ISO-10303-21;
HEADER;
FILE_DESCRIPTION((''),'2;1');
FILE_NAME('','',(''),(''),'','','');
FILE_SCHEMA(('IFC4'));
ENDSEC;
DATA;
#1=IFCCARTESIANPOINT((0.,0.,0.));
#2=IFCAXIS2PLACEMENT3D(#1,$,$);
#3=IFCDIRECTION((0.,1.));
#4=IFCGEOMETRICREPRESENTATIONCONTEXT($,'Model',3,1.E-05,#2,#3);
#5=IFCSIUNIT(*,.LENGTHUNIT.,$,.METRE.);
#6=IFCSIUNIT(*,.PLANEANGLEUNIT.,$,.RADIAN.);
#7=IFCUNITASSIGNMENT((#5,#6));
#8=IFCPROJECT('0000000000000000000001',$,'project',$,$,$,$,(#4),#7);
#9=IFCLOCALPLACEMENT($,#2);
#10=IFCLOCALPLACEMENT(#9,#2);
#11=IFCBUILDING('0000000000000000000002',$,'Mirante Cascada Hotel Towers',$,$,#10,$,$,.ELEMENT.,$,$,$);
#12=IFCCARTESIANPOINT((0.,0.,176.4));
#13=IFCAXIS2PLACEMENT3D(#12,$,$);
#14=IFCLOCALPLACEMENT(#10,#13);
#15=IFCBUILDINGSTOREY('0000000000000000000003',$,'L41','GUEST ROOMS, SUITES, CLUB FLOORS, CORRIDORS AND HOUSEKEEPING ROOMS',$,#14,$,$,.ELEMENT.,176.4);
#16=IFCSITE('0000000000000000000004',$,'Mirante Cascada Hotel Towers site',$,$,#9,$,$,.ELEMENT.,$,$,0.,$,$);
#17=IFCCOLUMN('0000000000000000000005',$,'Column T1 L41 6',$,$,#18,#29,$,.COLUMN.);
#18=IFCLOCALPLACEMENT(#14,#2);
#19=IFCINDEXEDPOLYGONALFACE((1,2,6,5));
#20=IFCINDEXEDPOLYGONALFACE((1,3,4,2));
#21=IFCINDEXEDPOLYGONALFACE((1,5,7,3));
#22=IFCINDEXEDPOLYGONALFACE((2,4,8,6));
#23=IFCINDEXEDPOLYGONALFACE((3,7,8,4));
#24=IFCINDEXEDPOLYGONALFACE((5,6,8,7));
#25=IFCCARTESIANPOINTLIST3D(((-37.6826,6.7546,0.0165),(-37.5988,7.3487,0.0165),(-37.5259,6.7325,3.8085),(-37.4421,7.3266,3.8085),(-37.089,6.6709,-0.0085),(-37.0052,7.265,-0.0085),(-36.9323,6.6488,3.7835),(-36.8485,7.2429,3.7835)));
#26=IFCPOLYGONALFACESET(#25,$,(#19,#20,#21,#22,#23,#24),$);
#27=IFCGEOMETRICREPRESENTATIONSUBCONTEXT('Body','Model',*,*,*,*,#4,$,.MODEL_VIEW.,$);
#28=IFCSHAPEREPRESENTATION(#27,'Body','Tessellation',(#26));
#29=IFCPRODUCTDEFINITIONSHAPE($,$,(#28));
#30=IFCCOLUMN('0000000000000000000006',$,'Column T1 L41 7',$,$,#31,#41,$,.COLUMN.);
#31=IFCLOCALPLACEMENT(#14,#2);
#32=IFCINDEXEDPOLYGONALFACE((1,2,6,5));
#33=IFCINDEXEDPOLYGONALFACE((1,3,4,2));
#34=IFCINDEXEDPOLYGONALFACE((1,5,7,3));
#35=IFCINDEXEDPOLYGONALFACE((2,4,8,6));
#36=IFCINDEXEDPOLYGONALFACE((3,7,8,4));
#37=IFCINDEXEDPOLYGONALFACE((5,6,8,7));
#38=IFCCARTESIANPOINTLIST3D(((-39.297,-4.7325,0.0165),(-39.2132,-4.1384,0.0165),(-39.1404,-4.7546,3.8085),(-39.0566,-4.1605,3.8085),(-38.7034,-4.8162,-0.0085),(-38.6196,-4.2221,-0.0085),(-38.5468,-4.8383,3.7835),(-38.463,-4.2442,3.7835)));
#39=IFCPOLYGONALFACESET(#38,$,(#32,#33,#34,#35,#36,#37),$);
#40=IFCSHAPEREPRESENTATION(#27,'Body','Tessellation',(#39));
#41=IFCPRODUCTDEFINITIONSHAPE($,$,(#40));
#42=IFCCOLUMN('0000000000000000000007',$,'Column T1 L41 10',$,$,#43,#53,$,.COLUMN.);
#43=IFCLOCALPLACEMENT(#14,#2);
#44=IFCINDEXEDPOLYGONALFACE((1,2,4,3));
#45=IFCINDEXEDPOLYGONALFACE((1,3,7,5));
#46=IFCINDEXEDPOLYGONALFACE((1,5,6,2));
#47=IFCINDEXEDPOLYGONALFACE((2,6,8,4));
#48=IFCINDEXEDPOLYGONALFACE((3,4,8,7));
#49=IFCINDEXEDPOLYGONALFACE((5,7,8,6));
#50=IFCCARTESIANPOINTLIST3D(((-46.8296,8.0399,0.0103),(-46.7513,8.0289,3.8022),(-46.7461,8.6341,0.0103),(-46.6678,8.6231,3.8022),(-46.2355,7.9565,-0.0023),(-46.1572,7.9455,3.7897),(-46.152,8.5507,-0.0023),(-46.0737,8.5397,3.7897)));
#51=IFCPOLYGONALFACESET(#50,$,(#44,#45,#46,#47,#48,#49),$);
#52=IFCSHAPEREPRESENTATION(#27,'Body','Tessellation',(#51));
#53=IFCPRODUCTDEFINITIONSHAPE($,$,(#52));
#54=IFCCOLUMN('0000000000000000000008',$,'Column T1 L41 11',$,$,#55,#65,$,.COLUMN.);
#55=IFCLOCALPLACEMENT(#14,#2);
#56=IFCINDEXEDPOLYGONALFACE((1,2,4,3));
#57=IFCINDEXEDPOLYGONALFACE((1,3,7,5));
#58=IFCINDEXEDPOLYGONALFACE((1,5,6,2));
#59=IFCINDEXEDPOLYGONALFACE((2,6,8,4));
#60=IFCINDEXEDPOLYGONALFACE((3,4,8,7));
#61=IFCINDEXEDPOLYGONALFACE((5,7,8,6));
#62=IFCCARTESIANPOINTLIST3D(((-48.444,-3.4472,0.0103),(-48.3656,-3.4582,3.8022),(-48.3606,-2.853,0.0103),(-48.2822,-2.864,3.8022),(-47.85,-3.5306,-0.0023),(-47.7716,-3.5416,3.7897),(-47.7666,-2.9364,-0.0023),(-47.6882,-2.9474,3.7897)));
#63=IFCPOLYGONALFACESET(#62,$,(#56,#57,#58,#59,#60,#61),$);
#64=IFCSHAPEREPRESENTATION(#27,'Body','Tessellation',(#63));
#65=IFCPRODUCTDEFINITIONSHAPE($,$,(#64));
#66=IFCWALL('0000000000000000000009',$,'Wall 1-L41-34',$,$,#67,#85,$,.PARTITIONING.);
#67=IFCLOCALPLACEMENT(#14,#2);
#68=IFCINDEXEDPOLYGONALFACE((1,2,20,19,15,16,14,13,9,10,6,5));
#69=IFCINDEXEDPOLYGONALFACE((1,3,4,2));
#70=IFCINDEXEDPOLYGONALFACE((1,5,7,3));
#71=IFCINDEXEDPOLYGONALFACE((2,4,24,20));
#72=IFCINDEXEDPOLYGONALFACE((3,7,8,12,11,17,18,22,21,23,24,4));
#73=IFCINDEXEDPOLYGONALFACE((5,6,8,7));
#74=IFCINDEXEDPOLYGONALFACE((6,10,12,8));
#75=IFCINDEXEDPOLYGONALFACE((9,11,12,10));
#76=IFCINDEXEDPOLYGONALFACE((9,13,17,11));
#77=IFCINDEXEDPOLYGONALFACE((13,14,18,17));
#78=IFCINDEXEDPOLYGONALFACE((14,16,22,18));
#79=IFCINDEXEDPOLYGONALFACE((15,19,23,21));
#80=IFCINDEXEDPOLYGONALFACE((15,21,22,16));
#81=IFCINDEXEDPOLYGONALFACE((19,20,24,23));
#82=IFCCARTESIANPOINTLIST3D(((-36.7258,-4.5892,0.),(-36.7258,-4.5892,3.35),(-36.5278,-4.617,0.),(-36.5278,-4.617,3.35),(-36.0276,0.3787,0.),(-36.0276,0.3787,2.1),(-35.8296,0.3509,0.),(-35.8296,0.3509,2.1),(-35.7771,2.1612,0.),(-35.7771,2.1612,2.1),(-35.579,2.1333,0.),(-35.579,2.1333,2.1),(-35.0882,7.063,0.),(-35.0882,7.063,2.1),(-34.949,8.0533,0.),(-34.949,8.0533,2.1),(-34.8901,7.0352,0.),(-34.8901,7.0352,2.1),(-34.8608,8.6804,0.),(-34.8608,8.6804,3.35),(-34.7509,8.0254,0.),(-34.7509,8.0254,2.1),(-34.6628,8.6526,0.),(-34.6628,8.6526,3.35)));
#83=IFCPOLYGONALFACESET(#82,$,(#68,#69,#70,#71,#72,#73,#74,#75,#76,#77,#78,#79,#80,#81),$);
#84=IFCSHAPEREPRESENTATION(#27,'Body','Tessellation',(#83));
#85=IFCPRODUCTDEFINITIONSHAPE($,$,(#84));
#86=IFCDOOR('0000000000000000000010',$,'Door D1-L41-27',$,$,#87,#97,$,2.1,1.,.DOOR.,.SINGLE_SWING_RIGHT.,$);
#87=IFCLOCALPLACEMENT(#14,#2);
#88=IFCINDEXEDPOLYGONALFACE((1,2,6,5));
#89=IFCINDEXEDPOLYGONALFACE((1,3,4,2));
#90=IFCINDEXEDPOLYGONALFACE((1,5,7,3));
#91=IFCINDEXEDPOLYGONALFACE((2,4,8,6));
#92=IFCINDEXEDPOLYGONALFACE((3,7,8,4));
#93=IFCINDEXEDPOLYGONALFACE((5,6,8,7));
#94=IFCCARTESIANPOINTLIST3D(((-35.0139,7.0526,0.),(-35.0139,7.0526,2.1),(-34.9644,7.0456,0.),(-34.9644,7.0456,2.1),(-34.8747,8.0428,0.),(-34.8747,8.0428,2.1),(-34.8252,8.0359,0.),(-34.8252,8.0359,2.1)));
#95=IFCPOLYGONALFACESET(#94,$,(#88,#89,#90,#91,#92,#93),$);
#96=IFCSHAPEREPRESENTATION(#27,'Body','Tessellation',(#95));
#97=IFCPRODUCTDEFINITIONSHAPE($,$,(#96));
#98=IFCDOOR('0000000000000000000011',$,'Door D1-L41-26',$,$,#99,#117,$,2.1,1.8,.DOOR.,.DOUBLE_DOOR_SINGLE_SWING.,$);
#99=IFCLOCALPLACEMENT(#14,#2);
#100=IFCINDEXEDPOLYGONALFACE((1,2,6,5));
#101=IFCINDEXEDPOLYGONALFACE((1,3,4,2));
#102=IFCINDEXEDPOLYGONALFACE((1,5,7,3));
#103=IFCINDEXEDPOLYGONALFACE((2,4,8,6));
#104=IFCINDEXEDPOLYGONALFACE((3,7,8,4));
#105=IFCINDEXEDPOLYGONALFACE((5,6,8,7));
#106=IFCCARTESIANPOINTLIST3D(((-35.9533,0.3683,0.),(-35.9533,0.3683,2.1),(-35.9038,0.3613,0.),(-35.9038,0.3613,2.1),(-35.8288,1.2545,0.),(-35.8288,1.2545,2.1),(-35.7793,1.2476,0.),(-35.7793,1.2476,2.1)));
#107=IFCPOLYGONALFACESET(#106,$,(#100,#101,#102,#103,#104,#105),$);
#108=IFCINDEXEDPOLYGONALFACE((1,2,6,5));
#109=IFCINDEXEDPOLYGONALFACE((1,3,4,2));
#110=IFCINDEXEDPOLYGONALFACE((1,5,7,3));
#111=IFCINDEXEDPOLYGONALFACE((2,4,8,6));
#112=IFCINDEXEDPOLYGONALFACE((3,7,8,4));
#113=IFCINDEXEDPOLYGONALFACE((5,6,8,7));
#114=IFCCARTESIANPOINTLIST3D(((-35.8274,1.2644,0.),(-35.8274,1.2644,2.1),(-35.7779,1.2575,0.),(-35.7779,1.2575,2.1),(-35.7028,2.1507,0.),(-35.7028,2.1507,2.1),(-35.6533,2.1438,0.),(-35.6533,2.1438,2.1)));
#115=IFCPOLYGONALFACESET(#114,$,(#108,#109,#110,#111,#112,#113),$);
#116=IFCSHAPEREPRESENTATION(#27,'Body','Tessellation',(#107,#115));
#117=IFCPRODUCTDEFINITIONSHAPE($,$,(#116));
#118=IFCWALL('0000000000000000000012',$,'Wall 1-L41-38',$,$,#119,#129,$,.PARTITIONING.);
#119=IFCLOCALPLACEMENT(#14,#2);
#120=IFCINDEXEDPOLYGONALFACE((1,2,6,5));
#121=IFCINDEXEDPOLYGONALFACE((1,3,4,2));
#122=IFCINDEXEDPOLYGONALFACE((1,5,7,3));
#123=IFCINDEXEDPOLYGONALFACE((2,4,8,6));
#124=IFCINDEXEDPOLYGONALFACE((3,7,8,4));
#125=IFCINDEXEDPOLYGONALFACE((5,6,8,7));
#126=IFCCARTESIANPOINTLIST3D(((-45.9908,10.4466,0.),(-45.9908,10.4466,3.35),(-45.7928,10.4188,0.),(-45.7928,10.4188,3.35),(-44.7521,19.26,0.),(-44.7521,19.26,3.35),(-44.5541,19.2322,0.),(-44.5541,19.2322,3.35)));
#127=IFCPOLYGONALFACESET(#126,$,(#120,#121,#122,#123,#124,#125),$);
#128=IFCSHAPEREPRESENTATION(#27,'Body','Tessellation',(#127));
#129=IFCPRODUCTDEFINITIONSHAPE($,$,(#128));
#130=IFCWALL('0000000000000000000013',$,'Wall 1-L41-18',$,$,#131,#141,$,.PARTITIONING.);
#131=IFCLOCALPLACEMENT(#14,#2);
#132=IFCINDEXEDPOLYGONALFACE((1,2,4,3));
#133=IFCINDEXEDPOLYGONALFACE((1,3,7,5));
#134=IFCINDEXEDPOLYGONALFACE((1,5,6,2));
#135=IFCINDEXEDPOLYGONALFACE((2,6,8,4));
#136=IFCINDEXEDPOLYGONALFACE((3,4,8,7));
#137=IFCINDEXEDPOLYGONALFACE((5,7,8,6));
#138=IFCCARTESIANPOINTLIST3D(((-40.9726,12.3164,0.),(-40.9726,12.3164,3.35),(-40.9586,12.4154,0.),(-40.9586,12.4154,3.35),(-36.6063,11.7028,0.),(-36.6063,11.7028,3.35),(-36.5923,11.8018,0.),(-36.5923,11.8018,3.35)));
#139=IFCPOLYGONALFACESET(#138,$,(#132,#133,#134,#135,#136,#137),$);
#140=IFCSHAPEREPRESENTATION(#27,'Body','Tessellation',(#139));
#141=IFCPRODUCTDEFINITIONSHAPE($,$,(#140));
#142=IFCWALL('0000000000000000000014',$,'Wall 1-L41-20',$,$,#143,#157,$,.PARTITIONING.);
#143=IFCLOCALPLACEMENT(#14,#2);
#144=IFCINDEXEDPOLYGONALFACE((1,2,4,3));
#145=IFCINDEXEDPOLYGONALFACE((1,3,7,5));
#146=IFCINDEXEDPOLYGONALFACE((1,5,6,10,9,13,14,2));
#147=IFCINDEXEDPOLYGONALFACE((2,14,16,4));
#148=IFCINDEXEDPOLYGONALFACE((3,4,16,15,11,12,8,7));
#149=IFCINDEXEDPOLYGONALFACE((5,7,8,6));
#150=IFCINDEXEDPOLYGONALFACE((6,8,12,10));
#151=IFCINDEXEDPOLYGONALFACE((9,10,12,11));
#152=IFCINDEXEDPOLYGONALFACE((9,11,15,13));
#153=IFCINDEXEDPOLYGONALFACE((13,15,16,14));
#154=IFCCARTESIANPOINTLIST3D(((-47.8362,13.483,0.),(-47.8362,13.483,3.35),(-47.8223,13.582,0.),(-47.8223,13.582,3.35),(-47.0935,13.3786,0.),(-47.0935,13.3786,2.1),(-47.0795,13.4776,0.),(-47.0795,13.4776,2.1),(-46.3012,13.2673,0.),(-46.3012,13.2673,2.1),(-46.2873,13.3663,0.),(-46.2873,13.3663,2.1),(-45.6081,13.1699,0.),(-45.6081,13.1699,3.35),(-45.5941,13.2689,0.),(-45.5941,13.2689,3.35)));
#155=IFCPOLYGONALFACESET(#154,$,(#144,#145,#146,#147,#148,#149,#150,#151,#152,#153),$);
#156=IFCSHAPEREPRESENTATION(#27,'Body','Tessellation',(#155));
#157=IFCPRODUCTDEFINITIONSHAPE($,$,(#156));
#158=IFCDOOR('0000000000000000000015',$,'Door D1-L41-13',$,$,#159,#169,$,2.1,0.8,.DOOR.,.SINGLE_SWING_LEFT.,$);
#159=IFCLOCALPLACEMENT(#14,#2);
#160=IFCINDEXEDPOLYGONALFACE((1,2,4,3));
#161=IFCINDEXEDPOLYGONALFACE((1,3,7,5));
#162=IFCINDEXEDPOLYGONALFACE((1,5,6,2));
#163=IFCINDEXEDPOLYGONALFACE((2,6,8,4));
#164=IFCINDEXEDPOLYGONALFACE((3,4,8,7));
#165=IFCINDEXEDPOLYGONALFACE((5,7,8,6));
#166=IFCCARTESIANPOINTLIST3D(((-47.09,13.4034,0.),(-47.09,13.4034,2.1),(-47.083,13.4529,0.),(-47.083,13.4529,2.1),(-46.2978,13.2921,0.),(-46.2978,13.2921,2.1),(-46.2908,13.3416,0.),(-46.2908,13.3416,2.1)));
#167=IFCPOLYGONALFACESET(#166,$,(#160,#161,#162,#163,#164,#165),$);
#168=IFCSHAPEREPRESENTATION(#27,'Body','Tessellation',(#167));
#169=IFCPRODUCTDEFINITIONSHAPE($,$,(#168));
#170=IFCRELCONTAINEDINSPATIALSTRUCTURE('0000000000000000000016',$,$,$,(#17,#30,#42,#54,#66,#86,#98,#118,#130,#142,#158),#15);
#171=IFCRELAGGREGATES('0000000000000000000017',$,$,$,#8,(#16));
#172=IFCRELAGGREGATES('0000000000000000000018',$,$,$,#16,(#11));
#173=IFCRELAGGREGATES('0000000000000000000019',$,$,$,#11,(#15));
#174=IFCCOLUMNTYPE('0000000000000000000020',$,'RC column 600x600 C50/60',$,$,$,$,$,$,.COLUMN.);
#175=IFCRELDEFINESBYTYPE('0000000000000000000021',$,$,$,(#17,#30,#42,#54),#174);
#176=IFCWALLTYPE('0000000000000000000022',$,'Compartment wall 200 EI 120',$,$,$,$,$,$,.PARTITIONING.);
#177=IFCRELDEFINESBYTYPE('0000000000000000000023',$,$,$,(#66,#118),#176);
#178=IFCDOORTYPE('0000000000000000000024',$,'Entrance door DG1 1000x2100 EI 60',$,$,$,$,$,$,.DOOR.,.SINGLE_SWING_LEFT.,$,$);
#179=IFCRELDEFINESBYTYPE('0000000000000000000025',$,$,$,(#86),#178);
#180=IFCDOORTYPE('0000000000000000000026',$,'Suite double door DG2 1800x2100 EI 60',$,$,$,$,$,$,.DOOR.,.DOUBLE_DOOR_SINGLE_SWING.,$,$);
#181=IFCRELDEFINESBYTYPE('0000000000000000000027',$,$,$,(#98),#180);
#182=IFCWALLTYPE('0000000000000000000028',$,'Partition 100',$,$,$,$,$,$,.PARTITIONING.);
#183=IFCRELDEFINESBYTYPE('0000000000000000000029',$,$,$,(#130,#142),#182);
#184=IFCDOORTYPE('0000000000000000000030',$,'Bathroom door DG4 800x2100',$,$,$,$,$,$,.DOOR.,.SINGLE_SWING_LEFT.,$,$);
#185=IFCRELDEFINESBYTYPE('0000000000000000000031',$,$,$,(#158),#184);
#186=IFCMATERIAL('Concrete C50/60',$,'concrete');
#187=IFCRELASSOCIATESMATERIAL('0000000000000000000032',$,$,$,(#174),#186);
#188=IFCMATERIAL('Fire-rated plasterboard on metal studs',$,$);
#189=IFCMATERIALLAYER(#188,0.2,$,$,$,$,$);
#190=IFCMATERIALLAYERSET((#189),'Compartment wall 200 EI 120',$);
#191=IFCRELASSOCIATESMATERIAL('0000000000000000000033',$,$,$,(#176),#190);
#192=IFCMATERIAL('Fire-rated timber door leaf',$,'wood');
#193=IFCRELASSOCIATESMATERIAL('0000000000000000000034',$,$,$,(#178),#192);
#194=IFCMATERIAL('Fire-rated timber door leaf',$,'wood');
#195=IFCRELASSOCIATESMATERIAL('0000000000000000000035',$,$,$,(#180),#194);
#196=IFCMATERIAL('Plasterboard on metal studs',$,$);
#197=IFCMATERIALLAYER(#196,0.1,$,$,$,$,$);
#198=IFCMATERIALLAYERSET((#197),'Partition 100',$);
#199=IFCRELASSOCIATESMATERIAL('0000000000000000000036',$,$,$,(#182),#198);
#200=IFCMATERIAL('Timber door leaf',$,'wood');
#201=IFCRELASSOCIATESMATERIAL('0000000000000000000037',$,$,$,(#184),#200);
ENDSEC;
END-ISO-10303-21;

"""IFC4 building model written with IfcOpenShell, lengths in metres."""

from ifc_helpers import new_model, si_unit, direction, frame, frame_2d, origin, origin_2d, place, context, subcontext, project, spatial, rectangle, extrude, material, layer, layer_set, material_profile, profile_set, type_object, element, fill, save


model = new_model("IFC4")

# Units and contexts
model_context = context("Model", 3, precision=1e-05, world=origin(), true_north=direction((0.0, 1.0)))
body_context = subcontext(model_context, "Body", "Model", "MODEL_VIEW")
ifc_project = project(units=[si_unit("LENGTHUNIT", "METRE"), si_unit("PLANEANGLEUNIT", "RADIAN")], contexts=[model_context])

# Site, building, storey
site_placement = place(None, origin())
site = spatial("IfcSite", under=ifc_project, at=site_placement, Name="Mirante Cascada Hotel Towers site", CompositionType="ELEMENT", RefElevation=0.0)
building_placement = place(site_placement, origin())
building = spatial("IfcBuilding", under=site, at=building_placement, Name="Mirante Cascada Hotel Towers", CompositionType="ELEMENT")
storey_placement = place(building_placement, frame((0.0, 0.0, 176.4)))
storey = spatial("IfcBuildingStorey", under=building, at=storey_placement, Name="L41", Description="GUEST ROOMS, SUITES, CLUB FLOORS, CORRIDORS AND HOUSEKEEPING ROOMS", CompositionType="ELEMENT", Elevation=176.4)

# Columns
ifc_material_1 = material(Name="Concrete C50/60", Category="concrete")
ifc_material_profile = material_profile(ifc_material_1, rectangle(XDim=0.6, YDim=0.6, at=origin_2d()), Name="RC column 600x600 C50/60")
ifc_profile_set = profile_set([ifc_material_profile], Name="Concrete C50/60")
column_type = type_object("IfcColumnType", Name="RC column 600x600 C50/60", PredefinedType="COLUMN", material=ifc_profile_set)
for number, where, z_axis, x_axis, name in (
    (1, (-37.3439, 7.0098, 0.004), (0.041288, -0.005823, 0.99913), (0.139652, 0.990201, 0.0), "Column T1 L41 6"),
    (2, (-38.9583, -4.4773, 0.004), (0.041262, -0.005823, 0.999131), (0.139739, 0.990188, 0.0), "Column T1 L41 7"),
):
    element("IfcColumn", number, at=place(storey_placement, frame(where, z_axis=z_axis, x_axis=x_axis)), inside=storey, type_object=column_type, Name=name, PredefinedType="COLUMN", context=body_context, shape_type="SweptSolid", body=[
        extrude(rectangle(XDim=0.6, YDim=0.6, at=origin_2d()), origin(), (0.0, 0.0, 1.0), 3.7953),
    ])
for number, where, z_axis, x_axis, name in (
    (3, (-46.4908, 8.2953, 0.004), (0.020644, -0.0029, 0.999783), (0.139119, 0.990276, 0.0), "Column T1 L41 10"),
    (4, (-48.1053, -3.1918, 0.004), (0.020671, -0.0029, 0.999782), (0.138945, 0.9903, 0.0), "Column T1 L41 11"),
):
    element("IfcColumn", number, at=place(storey_placement, frame(where, z_axis=z_axis, x_axis=x_axis)), inside=storey, type_object=column_type, Name=name, PredefinedType="COLUMN", context=body_context, shape_type="SweptSolid", body=[
        extrude(rectangle(XDim=0.6, YDim=0.6, at=origin_2d()), origin(), (0.0, 0.0, 1.0), 3.7928),
    ])

# Wall, openings, doors
ifc_material_2 = material(Name="Fire-rated plasterboard on metal studs")
ifc_layer_1 = layer(ifc_material_2, 0.2)
ifc_layer_set_1 = layer_set([ifc_layer_1], Name="Compartment wall 200 EI 120")
wall_type_1 = type_object("IfcWallType", Name="Compartment wall 200 EI 120", PredefinedType="PARTITIONING", material=ifc_layer_set_1)
wall_1_placement = place(storey_placement, frame((-36.6268, -4.6031, 0.0), z_axis=(0.0, 0.0, 1.0), x_axis=(0.139179, 0.990267, 0.0)))
wall_1 = element("IfcWall", 5, at=wall_1_placement, inside=storey, type_object=wall_type_1, Name="Wall 1-L41-34", PredefinedType="PARTITIONING", context=body_context, shape_type="SweptSolid", body=[
    extrude(rectangle(XDim=13.4, YDim=0.2, at=frame_2d((6.7, 0.0))), origin(), (0.0, 0.0, 1.0), 3.35),
])
opening_1_placement = place(wall_1_placement, frame((5.0167, 0.0, 0.0)))
opening_1 = element("IfcOpeningElement", 6, at=opening_1_placement, cuts=wall_1, PredefinedType="OPENING", context=body_context, shape_type="SweptSolid", body=[
    extrude(rectangle(XDim=1.8, YDim=2.1, at=frame_2d((0.9, 1.05))), frame((0.0, 0.1, 0.0), z_axis=(0.0, -1.0, 0.0), x_axis=(1.0, 0.0, 0.0)), (0.0, 0.0, 1.0), 0.2),
])
opening_2_placement = place(wall_1_placement, frame((11.7667, 0.0, 0.0)))
opening_2 = element("IfcOpeningElement", 7, at=opening_2_placement, cuts=wall_1, PredefinedType="OPENING", context=body_context, shape_type="SweptSolid", body=[
    extrude(rectangle(XDim=1.0, YDim=2.1, at=frame_2d((0.5, 1.05))), frame((0.0, 0.1, 0.0), z_axis=(0.0, -1.0, 0.0), x_axis=(1.0, 0.0, 0.0)), (0.0, 0.0, 1.0), 0.2),
])
ifc_material_3 = material(Name="Fire-rated timber door leaf", Category="wood")
door_type_1 = type_object("IfcDoorType", Name="Entrance door DG1 1000x2100 EI 60", OperationType="SINGLE_SWING_LEFT", PredefinedType="DOOR", material=ifc_material_3)
door_1_placement = place(opening_2_placement, frame((1.0, 0.0, 0.0), z_axis=(0.0, 0.0, 1.0), x_axis=(-1.0, 0.0, 0.0)))
door_1 = element("IfcDoor", 8, at=door_1_placement, inside=storey, type_object=door_type_1, Name="Door D1-L41-27", OperationType="SINGLE_SWING_RIGHT", OverallHeight=2.1, OverallWidth=1.0, PredefinedType="DOOR", context=body_context, shape_type="SweptSolid", body=[
    extrude(rectangle(XDim=1.0, YDim=2.1, at=frame_2d((0.5, 1.05))), frame((0.0, 0.025, 0.0), z_axis=(0.0, -1.0, 0.0), x_axis=(1.0, 0.0, 0.0)), (0.0, 0.0, 1.0), 0.05),
])
fill(opening_2, door_1)
ifc_material_4 = material(Name="Fire-rated timber door leaf", Category="wood")
door_type_2 = type_object("IfcDoorType", Name="Suite double door DG2 1800x2100 EI 60", OperationType="DOUBLE_DOOR_SINGLE_SWING", PredefinedType="DOOR", material=ifc_material_4)
door_2_placement = place(opening_1_placement, origin())
door_2 = element("IfcDoor", 9, at=door_2_placement, inside=storey, type_object=door_type_2, Name="Door D1-L41-26", OperationType="DOUBLE_DOOR_SINGLE_SWING", OverallHeight=2.1, OverallWidth=1.8, PredefinedType="DOOR", context=body_context, shape_type="SweptSolid", body=[
    extrude(rectangle(XDim=0.895, YDim=2.1, at=frame_2d((0.4475, 1.05))), frame((0.0, 0.025, 0.0), z_axis=(0.0, -1.0, 0.0), x_axis=(1.0, 0.0, 0.0)), (0.0, 0.0, 1.0), 0.05),
    extrude(rectangle(XDim=0.895, YDim=2.1, at=frame_2d((1.3525, 1.05))), frame((0.0, 0.025, 0.0), z_axis=(0.0, -1.0, 0.0), x_axis=(1.0, 0.0, 0.0)), (0.0, 0.0, 1.0), 0.05),
])
fill(opening_1, door_2)

# Walls
wall_2_placement = place(storey_placement, frame((-45.8918, 10.4327, 0.0), z_axis=(0.0, 0.0, 1.0), x_axis=(0.139179, 0.990267, 0.0)))
element("IfcWall", 10, at=wall_2_placement, inside=storey, type_object=wall_type_1, Name="Wall 1-L41-38", PredefinedType="PARTITIONING", context=body_context, shape_type="SweptSolid", body=[
    extrude(rectangle(XDim=8.9, YDim=0.2, at=frame_2d((4.45, 0.0))), origin(), (0.0, 0.0, 1.0), 3.35),
])
ifc_material_5 = material(Name="Plasterboard on metal studs")
ifc_layer_2 = layer(ifc_material_5, 0.1)
ifc_layer_set_2 = layer_set([ifc_layer_2], Name="Partition 100")
wall_type_2 = type_object("IfcWallType", Name="Partition 100", PredefinedType="PARTITIONING", material=ifc_layer_set_2)
wall_3_placement = place(storey_placement, frame((-36.5993, 11.7523, 0.0), z_axis=(0.0, 0.0, 1.0), x_axis=(-0.990269, 0.139163, 0.0)))
element("IfcWall", 11, at=wall_3_placement, inside=storey, type_object=wall_type_2, Name="Wall 1-L41-18", PredefinedType="PARTITIONING", context=body_context, shape_type="SweptSolid", body=[
    extrude(rectangle(XDim=4.4092, YDim=0.1, at=frame_2d((2.2046, 0.0))), origin(), (0.0, 0.0, 1.0), 3.35),
])

# Wall, opening, door
wall_4_placement = place(storey_placement, frame((-45.6011, 13.2194, 0.0), z_axis=(0.0, 0.0, 1.0), x_axis=(-0.990271, 0.139156, 0.0)))
wall_4 = element("IfcWall", 12, at=wall_4_placement, inside=storey, type_object=wall_type_2, Name="Wall 1-L41-20", PredefinedType="PARTITIONING", context=body_context, shape_type="SweptSolid", body=[
    extrude(rectangle(XDim=2.25, YDim=0.1, at=frame_2d((1.125, 0.0))), origin(), (0.0, 0.0, 1.0), 3.35),
])
opening_3_placement = place(wall_4_placement, frame((0.7, 0.0, 0.0)))
opening_3 = element("IfcOpeningElement", 13, at=opening_3_placement, cuts=wall_4, PredefinedType="OPENING", context=body_context, shape_type="SweptSolid", body=[
    extrude(rectangle(XDim=0.8, YDim=2.1, at=frame_2d((0.4, 1.05))), frame((0.0, 0.05, 0.0), z_axis=(0.0, -1.0, 0.0), x_axis=(1.0, 0.0, 0.0)), (0.0, 0.0, 1.0), 0.1),
])
ifc_material_6 = material(Name="Timber door leaf", Category="wood")
door_type_3 = type_object("IfcDoorType", Name="Bathroom door DG4 800x2100", OperationType="SINGLE_SWING_LEFT", PredefinedType="DOOR", material=ifc_material_6)
door_3_placement = place(opening_3_placement, origin())
door_3 = element("IfcDoor", 14, at=door_3_placement, inside=storey, type_object=door_type_3, Name="Door D1-L41-13", OperationType="SINGLE_SWING_LEFT", OverallHeight=2.1, OverallWidth=0.8, PredefinedType="DOOR", context=body_context, shape_type="SweptSolid", body=[
    extrude(rectangle(XDim=0.8, YDim=2.1, at=frame_2d((0.4, 1.05))), frame((0.0, 0.025, 0.0), z_axis=(0.0, -1.0, 0.0), x_axis=(1.0, 0.0, 0.0)), (0.0, 0.0, 1.0), 0.05),
])
fill(opening_3, door_3)

save(model, "model.ifc")
